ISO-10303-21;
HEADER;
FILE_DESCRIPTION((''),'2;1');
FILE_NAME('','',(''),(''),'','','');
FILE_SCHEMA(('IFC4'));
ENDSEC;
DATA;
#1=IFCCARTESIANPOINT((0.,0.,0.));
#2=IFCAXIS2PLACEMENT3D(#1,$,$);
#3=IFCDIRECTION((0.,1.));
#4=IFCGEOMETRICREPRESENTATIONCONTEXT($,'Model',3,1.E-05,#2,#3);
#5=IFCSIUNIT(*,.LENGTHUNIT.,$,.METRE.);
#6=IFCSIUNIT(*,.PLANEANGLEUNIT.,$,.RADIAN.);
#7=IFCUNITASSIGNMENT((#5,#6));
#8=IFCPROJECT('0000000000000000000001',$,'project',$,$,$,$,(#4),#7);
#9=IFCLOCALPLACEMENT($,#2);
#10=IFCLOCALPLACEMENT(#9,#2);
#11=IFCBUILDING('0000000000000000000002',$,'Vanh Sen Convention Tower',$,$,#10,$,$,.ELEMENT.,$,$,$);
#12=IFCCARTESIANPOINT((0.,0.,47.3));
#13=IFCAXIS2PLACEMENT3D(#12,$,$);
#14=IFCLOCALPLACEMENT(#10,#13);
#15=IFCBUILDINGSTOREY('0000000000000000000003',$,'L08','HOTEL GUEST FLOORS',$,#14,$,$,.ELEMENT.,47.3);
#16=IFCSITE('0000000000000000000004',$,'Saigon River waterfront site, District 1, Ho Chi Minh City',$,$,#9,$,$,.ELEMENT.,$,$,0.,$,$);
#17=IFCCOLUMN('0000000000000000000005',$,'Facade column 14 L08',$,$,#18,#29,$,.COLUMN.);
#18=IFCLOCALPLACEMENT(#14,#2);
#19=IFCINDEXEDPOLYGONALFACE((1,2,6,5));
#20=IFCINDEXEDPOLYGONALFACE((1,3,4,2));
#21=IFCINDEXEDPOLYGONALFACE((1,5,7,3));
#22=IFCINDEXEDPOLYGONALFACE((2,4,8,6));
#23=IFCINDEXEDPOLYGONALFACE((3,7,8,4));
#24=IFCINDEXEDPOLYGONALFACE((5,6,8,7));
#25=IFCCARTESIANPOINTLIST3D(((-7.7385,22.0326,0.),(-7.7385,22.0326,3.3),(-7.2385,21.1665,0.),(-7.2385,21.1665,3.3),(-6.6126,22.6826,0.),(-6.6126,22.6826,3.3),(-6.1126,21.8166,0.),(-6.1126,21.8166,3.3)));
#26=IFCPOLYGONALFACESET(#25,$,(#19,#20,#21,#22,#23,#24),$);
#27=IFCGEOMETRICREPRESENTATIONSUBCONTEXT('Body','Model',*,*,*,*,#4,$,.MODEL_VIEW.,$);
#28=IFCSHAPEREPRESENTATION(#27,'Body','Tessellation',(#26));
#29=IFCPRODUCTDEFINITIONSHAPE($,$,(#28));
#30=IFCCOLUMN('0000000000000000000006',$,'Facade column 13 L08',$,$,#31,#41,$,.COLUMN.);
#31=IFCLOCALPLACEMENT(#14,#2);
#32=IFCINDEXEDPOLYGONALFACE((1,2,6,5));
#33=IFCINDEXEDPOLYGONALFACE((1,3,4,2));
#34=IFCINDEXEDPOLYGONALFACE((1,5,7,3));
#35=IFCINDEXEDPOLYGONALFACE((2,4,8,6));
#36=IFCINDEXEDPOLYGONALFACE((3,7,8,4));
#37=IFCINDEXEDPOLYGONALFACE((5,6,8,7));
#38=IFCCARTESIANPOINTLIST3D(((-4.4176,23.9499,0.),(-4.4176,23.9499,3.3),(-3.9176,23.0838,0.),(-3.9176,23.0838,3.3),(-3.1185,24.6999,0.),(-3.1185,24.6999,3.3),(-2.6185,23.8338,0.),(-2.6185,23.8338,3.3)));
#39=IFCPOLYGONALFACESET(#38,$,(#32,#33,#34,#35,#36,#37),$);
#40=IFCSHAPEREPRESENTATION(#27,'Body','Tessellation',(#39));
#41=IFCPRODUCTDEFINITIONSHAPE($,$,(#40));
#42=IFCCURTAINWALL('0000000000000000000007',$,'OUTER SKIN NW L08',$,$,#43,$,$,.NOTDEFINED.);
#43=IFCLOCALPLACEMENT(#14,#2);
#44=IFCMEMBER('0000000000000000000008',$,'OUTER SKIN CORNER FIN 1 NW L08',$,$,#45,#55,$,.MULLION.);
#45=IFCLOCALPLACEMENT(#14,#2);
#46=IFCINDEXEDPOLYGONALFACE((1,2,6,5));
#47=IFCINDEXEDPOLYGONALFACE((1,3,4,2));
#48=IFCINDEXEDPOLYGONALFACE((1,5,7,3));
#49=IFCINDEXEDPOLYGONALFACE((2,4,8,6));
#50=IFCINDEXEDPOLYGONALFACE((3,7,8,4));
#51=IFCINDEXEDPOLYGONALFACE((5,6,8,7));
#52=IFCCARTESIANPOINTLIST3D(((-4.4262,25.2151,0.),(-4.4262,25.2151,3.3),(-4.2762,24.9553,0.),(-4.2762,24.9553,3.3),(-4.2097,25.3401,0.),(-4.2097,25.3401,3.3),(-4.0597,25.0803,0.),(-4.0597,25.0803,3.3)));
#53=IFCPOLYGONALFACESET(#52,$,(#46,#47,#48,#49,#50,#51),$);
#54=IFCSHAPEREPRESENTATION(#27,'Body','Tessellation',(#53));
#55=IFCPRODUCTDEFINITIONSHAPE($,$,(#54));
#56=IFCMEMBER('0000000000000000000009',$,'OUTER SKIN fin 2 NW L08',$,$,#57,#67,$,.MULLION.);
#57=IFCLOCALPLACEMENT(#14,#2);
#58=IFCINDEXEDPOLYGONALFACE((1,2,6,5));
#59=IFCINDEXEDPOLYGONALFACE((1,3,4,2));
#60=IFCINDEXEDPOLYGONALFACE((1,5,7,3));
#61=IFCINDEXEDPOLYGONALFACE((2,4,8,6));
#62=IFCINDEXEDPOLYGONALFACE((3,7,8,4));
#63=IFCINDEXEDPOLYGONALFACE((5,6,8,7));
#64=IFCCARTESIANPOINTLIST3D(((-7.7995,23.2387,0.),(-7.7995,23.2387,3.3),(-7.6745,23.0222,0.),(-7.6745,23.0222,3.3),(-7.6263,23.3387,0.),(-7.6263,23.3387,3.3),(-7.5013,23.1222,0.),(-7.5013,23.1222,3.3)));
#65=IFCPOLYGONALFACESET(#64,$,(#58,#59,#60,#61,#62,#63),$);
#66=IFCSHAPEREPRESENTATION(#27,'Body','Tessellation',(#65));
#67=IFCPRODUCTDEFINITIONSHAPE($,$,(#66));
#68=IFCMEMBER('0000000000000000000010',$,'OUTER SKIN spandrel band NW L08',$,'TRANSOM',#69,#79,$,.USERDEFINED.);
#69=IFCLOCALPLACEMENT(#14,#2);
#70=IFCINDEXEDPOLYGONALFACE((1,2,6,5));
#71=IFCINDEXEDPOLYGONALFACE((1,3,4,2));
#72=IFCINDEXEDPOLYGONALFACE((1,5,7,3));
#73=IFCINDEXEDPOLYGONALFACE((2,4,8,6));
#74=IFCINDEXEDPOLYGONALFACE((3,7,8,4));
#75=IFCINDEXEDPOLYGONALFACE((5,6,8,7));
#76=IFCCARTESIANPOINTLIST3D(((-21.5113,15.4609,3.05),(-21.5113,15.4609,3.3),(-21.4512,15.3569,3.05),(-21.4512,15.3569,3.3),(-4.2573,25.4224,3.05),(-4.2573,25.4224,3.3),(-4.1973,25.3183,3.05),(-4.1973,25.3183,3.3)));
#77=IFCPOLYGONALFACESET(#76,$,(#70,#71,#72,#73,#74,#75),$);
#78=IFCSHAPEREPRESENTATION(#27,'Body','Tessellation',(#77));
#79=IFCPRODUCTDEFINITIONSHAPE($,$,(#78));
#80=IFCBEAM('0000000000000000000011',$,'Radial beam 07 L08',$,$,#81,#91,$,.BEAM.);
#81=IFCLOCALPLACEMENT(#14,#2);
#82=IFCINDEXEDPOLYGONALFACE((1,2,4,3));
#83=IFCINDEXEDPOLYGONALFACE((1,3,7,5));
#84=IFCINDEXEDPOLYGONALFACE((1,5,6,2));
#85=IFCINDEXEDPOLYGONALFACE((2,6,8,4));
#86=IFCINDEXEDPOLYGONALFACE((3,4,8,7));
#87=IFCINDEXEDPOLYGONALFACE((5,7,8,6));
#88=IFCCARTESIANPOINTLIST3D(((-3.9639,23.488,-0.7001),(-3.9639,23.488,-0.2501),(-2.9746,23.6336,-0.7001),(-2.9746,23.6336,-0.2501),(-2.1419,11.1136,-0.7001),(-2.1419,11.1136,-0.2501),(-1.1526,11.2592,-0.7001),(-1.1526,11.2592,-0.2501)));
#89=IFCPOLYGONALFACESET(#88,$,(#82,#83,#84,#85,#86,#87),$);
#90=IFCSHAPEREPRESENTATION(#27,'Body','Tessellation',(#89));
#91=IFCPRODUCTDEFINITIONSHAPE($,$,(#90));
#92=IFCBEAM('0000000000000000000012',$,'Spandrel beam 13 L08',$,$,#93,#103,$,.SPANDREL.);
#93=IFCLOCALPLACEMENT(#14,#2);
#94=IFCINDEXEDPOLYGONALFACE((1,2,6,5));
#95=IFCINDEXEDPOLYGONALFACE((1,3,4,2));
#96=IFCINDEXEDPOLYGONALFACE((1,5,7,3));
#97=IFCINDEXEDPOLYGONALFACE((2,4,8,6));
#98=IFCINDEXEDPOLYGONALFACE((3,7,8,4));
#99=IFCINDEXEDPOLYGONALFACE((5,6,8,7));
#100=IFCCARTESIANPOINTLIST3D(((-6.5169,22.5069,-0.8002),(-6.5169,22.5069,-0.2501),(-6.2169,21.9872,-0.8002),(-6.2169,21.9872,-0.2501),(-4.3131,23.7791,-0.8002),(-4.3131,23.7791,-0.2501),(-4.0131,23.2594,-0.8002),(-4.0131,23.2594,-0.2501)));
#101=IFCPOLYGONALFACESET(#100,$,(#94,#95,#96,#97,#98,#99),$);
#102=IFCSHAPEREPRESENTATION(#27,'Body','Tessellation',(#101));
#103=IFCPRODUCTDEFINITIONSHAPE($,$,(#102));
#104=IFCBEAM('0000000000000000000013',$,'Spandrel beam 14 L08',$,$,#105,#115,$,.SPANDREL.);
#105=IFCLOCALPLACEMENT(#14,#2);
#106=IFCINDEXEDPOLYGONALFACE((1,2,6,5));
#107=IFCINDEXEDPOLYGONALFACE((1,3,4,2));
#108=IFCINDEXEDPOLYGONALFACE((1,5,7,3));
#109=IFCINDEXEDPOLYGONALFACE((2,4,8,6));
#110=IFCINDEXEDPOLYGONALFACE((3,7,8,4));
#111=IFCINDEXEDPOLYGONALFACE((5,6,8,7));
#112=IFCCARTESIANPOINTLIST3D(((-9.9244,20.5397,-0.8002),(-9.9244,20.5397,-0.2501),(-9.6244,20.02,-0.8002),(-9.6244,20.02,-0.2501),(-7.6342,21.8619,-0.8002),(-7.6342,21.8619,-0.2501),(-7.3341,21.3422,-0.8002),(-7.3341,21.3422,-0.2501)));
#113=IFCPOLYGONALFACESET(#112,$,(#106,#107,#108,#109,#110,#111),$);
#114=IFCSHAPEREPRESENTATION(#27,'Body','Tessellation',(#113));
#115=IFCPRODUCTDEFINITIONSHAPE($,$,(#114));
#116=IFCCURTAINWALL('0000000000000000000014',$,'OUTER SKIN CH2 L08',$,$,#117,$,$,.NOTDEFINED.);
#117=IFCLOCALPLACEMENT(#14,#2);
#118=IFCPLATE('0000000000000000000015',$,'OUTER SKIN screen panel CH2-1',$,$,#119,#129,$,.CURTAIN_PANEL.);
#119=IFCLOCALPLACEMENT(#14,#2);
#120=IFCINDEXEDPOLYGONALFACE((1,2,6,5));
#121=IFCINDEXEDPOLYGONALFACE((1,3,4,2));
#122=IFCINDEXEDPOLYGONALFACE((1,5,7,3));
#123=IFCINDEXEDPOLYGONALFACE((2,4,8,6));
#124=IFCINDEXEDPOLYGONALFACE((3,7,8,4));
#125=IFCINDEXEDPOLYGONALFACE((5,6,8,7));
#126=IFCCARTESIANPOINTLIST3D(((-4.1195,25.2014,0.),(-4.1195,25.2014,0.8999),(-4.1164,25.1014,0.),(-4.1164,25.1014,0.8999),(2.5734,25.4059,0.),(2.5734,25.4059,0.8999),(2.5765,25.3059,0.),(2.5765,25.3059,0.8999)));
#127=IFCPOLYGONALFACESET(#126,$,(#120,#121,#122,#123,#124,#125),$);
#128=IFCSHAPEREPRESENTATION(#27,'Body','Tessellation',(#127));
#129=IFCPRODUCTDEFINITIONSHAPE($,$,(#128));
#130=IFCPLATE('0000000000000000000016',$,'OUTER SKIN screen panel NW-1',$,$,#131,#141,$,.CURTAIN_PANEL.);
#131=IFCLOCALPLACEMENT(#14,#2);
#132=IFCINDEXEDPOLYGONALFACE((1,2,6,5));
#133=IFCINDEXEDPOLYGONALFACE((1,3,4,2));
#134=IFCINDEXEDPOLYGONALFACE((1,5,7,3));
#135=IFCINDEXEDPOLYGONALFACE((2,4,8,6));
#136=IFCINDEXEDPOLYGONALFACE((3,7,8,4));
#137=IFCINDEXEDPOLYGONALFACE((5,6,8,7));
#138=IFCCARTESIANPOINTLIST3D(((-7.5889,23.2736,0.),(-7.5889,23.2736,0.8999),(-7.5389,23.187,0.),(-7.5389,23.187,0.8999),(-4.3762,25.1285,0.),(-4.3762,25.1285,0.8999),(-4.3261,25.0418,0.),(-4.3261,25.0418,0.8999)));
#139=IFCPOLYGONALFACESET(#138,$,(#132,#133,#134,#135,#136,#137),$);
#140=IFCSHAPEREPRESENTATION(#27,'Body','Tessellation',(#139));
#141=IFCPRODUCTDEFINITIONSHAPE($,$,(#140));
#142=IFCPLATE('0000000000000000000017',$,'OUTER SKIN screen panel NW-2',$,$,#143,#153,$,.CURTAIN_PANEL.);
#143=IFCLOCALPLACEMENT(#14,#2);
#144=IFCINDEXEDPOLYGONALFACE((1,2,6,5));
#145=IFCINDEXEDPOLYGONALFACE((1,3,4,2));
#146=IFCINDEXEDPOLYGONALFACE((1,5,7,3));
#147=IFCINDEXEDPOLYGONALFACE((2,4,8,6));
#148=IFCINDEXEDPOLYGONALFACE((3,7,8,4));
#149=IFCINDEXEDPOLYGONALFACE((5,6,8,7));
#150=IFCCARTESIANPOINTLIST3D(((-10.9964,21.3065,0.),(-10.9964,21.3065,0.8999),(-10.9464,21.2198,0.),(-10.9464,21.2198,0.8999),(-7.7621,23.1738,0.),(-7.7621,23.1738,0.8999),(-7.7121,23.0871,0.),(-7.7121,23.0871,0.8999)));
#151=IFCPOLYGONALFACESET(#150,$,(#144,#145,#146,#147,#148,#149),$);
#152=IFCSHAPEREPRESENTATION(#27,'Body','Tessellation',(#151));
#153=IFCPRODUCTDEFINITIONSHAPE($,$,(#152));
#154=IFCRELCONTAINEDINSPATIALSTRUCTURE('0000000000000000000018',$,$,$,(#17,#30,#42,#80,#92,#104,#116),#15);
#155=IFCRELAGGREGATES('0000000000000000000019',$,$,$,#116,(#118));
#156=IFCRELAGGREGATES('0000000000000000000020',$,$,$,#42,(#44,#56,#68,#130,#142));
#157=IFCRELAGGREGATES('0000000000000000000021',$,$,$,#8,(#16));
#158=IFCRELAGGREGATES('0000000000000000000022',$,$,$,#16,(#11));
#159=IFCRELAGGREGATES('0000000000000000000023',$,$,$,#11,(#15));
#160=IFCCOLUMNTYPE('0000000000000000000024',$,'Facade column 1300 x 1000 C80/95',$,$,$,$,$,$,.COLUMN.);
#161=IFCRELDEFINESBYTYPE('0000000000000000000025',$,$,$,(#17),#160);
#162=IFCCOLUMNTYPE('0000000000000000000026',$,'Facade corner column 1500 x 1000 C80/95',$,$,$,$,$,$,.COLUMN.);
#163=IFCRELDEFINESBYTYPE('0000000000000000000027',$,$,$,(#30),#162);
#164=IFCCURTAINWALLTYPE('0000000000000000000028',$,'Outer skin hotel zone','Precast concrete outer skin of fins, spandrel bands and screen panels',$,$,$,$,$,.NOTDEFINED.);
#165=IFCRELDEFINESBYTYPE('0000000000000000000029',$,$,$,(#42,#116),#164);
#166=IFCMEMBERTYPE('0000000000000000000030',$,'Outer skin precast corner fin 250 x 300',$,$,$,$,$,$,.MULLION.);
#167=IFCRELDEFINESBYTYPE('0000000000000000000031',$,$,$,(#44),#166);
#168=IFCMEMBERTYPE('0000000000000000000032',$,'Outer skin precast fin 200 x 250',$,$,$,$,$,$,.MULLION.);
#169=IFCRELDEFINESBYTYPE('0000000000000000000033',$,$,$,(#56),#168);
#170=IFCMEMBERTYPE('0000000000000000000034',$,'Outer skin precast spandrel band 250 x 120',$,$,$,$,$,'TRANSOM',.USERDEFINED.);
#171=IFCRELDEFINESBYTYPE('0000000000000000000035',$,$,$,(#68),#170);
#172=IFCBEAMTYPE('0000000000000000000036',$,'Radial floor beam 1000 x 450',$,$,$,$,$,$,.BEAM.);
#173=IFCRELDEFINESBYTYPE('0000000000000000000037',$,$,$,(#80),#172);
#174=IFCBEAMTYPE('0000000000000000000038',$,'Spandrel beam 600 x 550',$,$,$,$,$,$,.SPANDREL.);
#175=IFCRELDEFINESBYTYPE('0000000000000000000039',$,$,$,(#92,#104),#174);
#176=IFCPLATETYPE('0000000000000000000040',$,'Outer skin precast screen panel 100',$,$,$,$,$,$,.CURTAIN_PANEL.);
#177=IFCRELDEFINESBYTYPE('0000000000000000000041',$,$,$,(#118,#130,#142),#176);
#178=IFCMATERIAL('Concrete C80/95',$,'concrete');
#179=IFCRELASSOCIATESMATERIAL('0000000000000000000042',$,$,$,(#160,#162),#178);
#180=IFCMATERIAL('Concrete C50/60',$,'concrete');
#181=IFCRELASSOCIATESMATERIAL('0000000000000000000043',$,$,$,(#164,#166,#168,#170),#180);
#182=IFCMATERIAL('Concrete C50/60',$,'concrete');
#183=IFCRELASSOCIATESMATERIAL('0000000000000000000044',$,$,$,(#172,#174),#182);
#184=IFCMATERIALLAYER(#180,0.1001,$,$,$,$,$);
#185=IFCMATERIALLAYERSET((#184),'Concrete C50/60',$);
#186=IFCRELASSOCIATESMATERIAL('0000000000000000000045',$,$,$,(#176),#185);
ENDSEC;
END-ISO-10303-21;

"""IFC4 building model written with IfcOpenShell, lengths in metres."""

from ifc_helpers import new_model, si_unit, direction, frame, origin, origin_2d, place, context, subcontext, project, spatial, rectangle, extrude, material, layer, layer_set, material_profile, profile_set, type_object, element, aggregate, save


model = new_model("IFC4")

# Units and contexts
model_context = context("Model", 3, precision=1e-05, world=origin(), true_north=direction((0.0, 1.0)))
body_context = subcontext(model_context, "Body", "Model", "MODEL_VIEW")
ifc_project = project(units=[si_unit("LENGTHUNIT", "METRE"), si_unit("PLANEANGLEUNIT", "RADIAN")], contexts=[model_context])

# Site, building, storey
site_placement = place(None, origin())
site = spatial("IfcSite", under=ifc_project, at=site_placement, Name="Saigon River waterfront site, District 1, Ho Chi Minh City", CompositionType="ELEMENT", RefElevation=0.0)
building_placement = place(site_placement, origin())
building = spatial("IfcBuilding", under=site, at=building_placement, Name="Vanh Sen Convention Tower", CompositionType="ELEMENT")
storey_placement = place(building_placement, frame((0.0, 0.0, 47.3)))
storey = spatial("IfcBuildingStorey", under=building, at=storey_placement, Name="L08", Description="HOTEL GUEST FLOORS", CompositionType="ELEMENT", Elevation=47.3)

# Columns
ifc_material_1 = material(Name="Concrete C80/95", Category="concrete")
ifc_material_profile_1 = material_profile(ifc_material_1, rectangle(XDim=1.3, YDim=1.0, at=origin_2d()), Name="RC 1300X1000")
ifc_profile_set_1 = profile_set([ifc_material_profile_1], Name="Concrete C80/95")
column_type_1 = type_object("IfcColumnType", Name="Facade column 1300 x 1000 C80/95", PredefinedType="COLUMN", material=ifc_profile_set_1)
column_1_placement = place(storey_placement, frame((-6.9255, 21.9246, 0.0), z_axis=(0.0, 0.0, 1.0), x_axis=(-0.866025, -0.5, 0.0)))
element("IfcColumn", 1, at=column_1_placement, inside=storey, type_object=column_type_1, Name="Facade column 14 L08", PredefinedType="COLUMN", context=body_context, shape_type="SweptSolid", body=[
    extrude(rectangle(XDim=1.3, YDim=1.0, at=origin_2d()), origin(), (0.0, 0.0, 1.0), 3.3),
])
ifc_material_profile_2 = material_profile(ifc_material_1, rectangle(XDim=1.5, YDim=1.0, at=origin_2d()), Name="RC 1500X1000")
ifc_profile_set_2 = profile_set([ifc_material_profile_2], Name="Concrete C80/95")
column_type_2 = type_object("IfcColumnType", Name="Facade corner column 1500 x 1000 C80/95", PredefinedType="COLUMN", material=ifc_profile_set_2)
column_2_placement = place(storey_placement, frame((-3.5181, 23.8918, 0.0), z_axis=(0.0, 0.0, 1.0), x_axis=(-0.866025, -0.5, 0.0)))
element("IfcColumn", 2, at=column_2_placement, inside=storey, type_object=column_type_2, Name="Facade column 13 L08", PredefinedType="COLUMN", context=body_context, shape_type="SweptSolid", body=[
    extrude(rectangle(XDim=1.5, YDim=1.0, at=origin_2d()), origin(), (0.0, 0.0, 1.0), 3.3),
])

# Curtain wall, members
ifc_material_2 = material(Name="Concrete C50/60", Category="concrete")
curtain_wall_type = type_object("IfcCurtainWallType", Name="Outer skin hotel zone", Description="Precast concrete outer skin of fins, spandrel bands and screen panels", PredefinedType="NOTDEFINED", material=ifc_material_2)
curtain_wall_1_placement = place(storey_placement, origin())
curtain_wall_1 = element("IfcCurtainWall", 3, at=curtain_wall_1_placement, inside=storey, type_object=curtain_wall_type, Name="OUTER SKIN NW L08", PredefinedType="NOTDEFINED")
ifc_material_profile_3 = material_profile(ifc_material_2, rectangle(XDim=0.25, YDim=0.3, at=origin_2d()), Name="Outer skin precast corner fin 250 x 300")
ifc_profile_set_3 = profile_set([ifc_material_profile_3], Name="Concrete C50/60")
member_type_1 = type_object("IfcMemberType", Name="Outer skin precast corner fin 250 x 300", PredefinedType="MULLION", material=ifc_profile_set_3)
member_1_placement = place(storey_placement, frame((-4.2429, 25.1477, 0.0), z_axis=(0.0, 0.0, 1.0), x_axis=(-0.866025, -0.5, 0.0)))
member_1 = element("IfcMember", 4, at=member_1_placement, type_object=member_type_1, Name="OUTER SKIN CORNER FIN 1 NW L08", PredefinedType="MULLION", context=body_context, shape_type="SweptSolid", body=[
    extrude(rectangle(XDim=0.25, YDim=0.3, at=origin_2d()), origin(), (0.0, 0.0, 1.0), 3.3),
])
ifc_material_profile_4 = material_profile(ifc_material_2, rectangle(XDim=0.2, YDim=0.25, at=origin_2d()), Name="Outer skin precast fin 200 x 250")
ifc_profile_set_4 = profile_set([ifc_material_profile_4], Name="Concrete C50/60")
member_type_2 = type_object("IfcMemberType", Name="Outer skin precast fin 200 x 250", PredefinedType="MULLION", material=ifc_profile_set_4)
member_2_placement = place(storey_placement, frame((-7.6504, 23.1804, 0.0), z_axis=(0.0, 0.0, 1.0), x_axis=(-0.866025, -0.5, 0.0)))
member_2 = element("IfcMember", 5, at=member_2_placement, type_object=member_type_2, Name="OUTER SKIN fin 2 NW L08", PredefinedType="MULLION", context=body_context, shape_type="SweptSolid", body=[
    extrude(rectangle(XDim=0.2, YDim=0.25, at=origin_2d()), origin(), (0.0, 0.0, 1.0), 3.3),
])
ifc_material_profile_5 = material_profile(ifc_material_2, rectangle(XDim=0.1201, YDim=0.25, at=origin_2d()), Name="Outer skin precast spandrel band 250 x 120")
ifc_profile_set_5 = profile_set([ifc_material_profile_5], Name="Concrete C50/60")
member_type_3 = type_object("IfcMemberType", Name="Outer skin precast spandrel band 250 x 120", ElementType="TRANSOM", PredefinedType="USERDEFINED", material=ifc_profile_set_5)
member_3_placement = place(storey_placement, frame((-4.2273, 25.3704, 3.175), z_axis=(-0.866028, -0.499995, 0.0), x_axis=(0.499995, -0.866028, 0.0)))
member_3 = element("IfcMember", 6, at=member_3_placement, type_object=member_type_3, Name="OUTER SKIN spandrel band NW L08", ObjectType="TRANSOM", PredefinedType="USERDEFINED", context=body_context, shape_type="SweptSolid", body=[
    extrude(rectangle(XDim=0.1201, YDim=0.25, at=origin_2d()), origin(), (0.0, 0.0, 1.0), 19.9231),
])

# Beams
ifc_material_3 = material(Name="Concrete C50/60", Category="concrete")
ifc_material_profile_6 = material_profile(ifc_material_3, rectangle(XDim=1.0, YDim=0.45, at=origin_2d()), Name="RC 1000X450")
ifc_profile_set_6 = profile_set([ifc_material_profile_6], Name="Concrete C50/60")
beam_type_1 = type_object("IfcBeamType", Name="Radial floor beam 1000 x 450", PredefinedType="BEAM", material=ifc_profile_set_6)
beam_1_placement = place(storey_placement, frame((-3.4692, 23.5608, -0.4751), z_axis=(0.145669, -0.989333, 0.0), x_axis=(0.989333, 0.145669, 0.0)))
element("IfcBeam", 7, at=beam_1_placement, inside=storey, type_object=beam_type_1, Name="Radial beam 07 L08", PredefinedType="BEAM", context=body_context, shape_type="SweptSolid", body=[
    extrude(rectangle(XDim=1.0, YDim=0.45, at=origin_2d()), origin(), (0.0, 0.0, 1.0), 12.5078),
])
ifc_material_profile_7 = material_profile(ifc_material_3, rectangle(XDim=0.6001, YDim=0.55, at=origin_2d()), Name="RC 600X550")
ifc_profile_set_7 = profile_set([ifc_material_profile_7], Name="Concrete C50/60")
beam_type_2 = type_object("IfcBeamType", Name="Spandrel beam 600 x 550", PredefinedType="SPANDREL", material=ifc_profile_set_7)
beam_2_placement = place(storey_placement, frame((-4.1631, 23.5193, -0.5251), z_axis=(-0.866056, -0.499947, 0.0), x_axis=(0.499947, -0.866056, 0.0)))
element("IfcBeam", 8, at=beam_2_placement, inside=storey, type_object=beam_type_2, Name="Spandrel beam 13 L08", PredefinedType="SPANDREL", context=body_context, shape_type="SweptSolid", body=[
    extrude(rectangle(XDim=0.6001, YDim=0.55, at=origin_2d()), origin(), (0.0, 0.0, 1.0), 2.5447),
])
beam_3_placement = place(storey_placement, frame((-7.4841, 21.6021, -0.5251), z_axis=(-0.86603, -0.499991, 0.0), x_axis=(0.499991, -0.86603, 0.0)))
element("IfcBeam", 9, at=beam_3_placement, inside=storey, type_object=beam_type_2, Name="Spandrel beam 14 L08", PredefinedType="SPANDREL", context=body_context, shape_type="SweptSolid", body=[
    extrude(rectangle(XDim=0.6001, YDim=0.55, at=origin_2d()), origin(), (0.0, 0.0, 1.0), 2.6445),
])

# Curtain wall, plate
curtain_wall_2_placement = place(storey_placement, origin())
curtain_wall_2 = element("IfcCurtainWall", 10, at=curtain_wall_2_placement, inside=storey, type_object=curtain_wall_type, Name="OUTER SKIN CH2 L08", PredefinedType="NOTDEFINED")
ifc_layer_1 = layer(ifc_material_2, 0.1001)
ifc_layer_set_1 = layer_set([ifc_layer_1], Name="Concrete C50/60")
plate_type = type_object("IfcPlateType", Name="Outer skin precast screen panel 100", PredefinedType="CURTAIN_PANEL", material=ifc_layer_set_1)
plate_1_placement = place(storey_placement, frame((-0.7715, 25.2537, 0.0), z_axis=(0.0, 0.0, 1.0), x_axis=(-0.999534, -0.030537, 0.0)))
plate_1 = element("IfcPlate", 11, at=plate_1_placement, type_object=plate_type, Name="OUTER SKIN screen panel CH2-1", PredefinedType="CURTAIN_PANEL", context=body_context, shape_type="SweptSolid", body=[
    extrude(rectangle(XDim=6.696, YDim=0.1001, at=origin_2d()), origin(), (0.0, 0.0, 1.0), 0.8999),
])
aggregate(curtain_wall_2, [plate_1])

# Plates
plate_2_placement = place(storey_placement, frame((-5.9575, 24.1577, 0.0), z_axis=(0.0, 0.0, 1.0), x_axis=(-0.866028, -0.499995, 0.0)))
plate_2 = element("IfcPlate", 12, at=plate_2_placement, type_object=plate_type, Name="OUTER SKIN screen panel NW-1", PredefinedType="CURTAIN_PANEL", context=body_context, shape_type="SweptSolid", body=[
    extrude(rectangle(XDim=3.7097, YDim=0.1001, at=origin_2d()), origin(), (0.0, 0.0, 1.0), 0.8999),
])
plate_3_placement = place(storey_placement, frame((-9.3542, 22.1968, 0.0), z_axis=(0.0, 0.0, 1.0), x_axis=(-0.866021, -0.500008, 0.0)))
plate_3 = element("IfcPlate", 13, at=plate_3_placement, type_object=plate_type, Name="OUTER SKIN screen panel NW-2", PredefinedType="CURTAIN_PANEL", context=body_context, shape_type="SweptSolid", body=[
    extrude(rectangle(XDim=3.7346, YDim=0.1001, at=origin_2d()), origin(), (0.0, 0.0, 1.0), 0.8999),
])
aggregate(curtain_wall_1, [member_1, member_2, member_3, plate_2, plate_3])

save(model, "model.ifc")
